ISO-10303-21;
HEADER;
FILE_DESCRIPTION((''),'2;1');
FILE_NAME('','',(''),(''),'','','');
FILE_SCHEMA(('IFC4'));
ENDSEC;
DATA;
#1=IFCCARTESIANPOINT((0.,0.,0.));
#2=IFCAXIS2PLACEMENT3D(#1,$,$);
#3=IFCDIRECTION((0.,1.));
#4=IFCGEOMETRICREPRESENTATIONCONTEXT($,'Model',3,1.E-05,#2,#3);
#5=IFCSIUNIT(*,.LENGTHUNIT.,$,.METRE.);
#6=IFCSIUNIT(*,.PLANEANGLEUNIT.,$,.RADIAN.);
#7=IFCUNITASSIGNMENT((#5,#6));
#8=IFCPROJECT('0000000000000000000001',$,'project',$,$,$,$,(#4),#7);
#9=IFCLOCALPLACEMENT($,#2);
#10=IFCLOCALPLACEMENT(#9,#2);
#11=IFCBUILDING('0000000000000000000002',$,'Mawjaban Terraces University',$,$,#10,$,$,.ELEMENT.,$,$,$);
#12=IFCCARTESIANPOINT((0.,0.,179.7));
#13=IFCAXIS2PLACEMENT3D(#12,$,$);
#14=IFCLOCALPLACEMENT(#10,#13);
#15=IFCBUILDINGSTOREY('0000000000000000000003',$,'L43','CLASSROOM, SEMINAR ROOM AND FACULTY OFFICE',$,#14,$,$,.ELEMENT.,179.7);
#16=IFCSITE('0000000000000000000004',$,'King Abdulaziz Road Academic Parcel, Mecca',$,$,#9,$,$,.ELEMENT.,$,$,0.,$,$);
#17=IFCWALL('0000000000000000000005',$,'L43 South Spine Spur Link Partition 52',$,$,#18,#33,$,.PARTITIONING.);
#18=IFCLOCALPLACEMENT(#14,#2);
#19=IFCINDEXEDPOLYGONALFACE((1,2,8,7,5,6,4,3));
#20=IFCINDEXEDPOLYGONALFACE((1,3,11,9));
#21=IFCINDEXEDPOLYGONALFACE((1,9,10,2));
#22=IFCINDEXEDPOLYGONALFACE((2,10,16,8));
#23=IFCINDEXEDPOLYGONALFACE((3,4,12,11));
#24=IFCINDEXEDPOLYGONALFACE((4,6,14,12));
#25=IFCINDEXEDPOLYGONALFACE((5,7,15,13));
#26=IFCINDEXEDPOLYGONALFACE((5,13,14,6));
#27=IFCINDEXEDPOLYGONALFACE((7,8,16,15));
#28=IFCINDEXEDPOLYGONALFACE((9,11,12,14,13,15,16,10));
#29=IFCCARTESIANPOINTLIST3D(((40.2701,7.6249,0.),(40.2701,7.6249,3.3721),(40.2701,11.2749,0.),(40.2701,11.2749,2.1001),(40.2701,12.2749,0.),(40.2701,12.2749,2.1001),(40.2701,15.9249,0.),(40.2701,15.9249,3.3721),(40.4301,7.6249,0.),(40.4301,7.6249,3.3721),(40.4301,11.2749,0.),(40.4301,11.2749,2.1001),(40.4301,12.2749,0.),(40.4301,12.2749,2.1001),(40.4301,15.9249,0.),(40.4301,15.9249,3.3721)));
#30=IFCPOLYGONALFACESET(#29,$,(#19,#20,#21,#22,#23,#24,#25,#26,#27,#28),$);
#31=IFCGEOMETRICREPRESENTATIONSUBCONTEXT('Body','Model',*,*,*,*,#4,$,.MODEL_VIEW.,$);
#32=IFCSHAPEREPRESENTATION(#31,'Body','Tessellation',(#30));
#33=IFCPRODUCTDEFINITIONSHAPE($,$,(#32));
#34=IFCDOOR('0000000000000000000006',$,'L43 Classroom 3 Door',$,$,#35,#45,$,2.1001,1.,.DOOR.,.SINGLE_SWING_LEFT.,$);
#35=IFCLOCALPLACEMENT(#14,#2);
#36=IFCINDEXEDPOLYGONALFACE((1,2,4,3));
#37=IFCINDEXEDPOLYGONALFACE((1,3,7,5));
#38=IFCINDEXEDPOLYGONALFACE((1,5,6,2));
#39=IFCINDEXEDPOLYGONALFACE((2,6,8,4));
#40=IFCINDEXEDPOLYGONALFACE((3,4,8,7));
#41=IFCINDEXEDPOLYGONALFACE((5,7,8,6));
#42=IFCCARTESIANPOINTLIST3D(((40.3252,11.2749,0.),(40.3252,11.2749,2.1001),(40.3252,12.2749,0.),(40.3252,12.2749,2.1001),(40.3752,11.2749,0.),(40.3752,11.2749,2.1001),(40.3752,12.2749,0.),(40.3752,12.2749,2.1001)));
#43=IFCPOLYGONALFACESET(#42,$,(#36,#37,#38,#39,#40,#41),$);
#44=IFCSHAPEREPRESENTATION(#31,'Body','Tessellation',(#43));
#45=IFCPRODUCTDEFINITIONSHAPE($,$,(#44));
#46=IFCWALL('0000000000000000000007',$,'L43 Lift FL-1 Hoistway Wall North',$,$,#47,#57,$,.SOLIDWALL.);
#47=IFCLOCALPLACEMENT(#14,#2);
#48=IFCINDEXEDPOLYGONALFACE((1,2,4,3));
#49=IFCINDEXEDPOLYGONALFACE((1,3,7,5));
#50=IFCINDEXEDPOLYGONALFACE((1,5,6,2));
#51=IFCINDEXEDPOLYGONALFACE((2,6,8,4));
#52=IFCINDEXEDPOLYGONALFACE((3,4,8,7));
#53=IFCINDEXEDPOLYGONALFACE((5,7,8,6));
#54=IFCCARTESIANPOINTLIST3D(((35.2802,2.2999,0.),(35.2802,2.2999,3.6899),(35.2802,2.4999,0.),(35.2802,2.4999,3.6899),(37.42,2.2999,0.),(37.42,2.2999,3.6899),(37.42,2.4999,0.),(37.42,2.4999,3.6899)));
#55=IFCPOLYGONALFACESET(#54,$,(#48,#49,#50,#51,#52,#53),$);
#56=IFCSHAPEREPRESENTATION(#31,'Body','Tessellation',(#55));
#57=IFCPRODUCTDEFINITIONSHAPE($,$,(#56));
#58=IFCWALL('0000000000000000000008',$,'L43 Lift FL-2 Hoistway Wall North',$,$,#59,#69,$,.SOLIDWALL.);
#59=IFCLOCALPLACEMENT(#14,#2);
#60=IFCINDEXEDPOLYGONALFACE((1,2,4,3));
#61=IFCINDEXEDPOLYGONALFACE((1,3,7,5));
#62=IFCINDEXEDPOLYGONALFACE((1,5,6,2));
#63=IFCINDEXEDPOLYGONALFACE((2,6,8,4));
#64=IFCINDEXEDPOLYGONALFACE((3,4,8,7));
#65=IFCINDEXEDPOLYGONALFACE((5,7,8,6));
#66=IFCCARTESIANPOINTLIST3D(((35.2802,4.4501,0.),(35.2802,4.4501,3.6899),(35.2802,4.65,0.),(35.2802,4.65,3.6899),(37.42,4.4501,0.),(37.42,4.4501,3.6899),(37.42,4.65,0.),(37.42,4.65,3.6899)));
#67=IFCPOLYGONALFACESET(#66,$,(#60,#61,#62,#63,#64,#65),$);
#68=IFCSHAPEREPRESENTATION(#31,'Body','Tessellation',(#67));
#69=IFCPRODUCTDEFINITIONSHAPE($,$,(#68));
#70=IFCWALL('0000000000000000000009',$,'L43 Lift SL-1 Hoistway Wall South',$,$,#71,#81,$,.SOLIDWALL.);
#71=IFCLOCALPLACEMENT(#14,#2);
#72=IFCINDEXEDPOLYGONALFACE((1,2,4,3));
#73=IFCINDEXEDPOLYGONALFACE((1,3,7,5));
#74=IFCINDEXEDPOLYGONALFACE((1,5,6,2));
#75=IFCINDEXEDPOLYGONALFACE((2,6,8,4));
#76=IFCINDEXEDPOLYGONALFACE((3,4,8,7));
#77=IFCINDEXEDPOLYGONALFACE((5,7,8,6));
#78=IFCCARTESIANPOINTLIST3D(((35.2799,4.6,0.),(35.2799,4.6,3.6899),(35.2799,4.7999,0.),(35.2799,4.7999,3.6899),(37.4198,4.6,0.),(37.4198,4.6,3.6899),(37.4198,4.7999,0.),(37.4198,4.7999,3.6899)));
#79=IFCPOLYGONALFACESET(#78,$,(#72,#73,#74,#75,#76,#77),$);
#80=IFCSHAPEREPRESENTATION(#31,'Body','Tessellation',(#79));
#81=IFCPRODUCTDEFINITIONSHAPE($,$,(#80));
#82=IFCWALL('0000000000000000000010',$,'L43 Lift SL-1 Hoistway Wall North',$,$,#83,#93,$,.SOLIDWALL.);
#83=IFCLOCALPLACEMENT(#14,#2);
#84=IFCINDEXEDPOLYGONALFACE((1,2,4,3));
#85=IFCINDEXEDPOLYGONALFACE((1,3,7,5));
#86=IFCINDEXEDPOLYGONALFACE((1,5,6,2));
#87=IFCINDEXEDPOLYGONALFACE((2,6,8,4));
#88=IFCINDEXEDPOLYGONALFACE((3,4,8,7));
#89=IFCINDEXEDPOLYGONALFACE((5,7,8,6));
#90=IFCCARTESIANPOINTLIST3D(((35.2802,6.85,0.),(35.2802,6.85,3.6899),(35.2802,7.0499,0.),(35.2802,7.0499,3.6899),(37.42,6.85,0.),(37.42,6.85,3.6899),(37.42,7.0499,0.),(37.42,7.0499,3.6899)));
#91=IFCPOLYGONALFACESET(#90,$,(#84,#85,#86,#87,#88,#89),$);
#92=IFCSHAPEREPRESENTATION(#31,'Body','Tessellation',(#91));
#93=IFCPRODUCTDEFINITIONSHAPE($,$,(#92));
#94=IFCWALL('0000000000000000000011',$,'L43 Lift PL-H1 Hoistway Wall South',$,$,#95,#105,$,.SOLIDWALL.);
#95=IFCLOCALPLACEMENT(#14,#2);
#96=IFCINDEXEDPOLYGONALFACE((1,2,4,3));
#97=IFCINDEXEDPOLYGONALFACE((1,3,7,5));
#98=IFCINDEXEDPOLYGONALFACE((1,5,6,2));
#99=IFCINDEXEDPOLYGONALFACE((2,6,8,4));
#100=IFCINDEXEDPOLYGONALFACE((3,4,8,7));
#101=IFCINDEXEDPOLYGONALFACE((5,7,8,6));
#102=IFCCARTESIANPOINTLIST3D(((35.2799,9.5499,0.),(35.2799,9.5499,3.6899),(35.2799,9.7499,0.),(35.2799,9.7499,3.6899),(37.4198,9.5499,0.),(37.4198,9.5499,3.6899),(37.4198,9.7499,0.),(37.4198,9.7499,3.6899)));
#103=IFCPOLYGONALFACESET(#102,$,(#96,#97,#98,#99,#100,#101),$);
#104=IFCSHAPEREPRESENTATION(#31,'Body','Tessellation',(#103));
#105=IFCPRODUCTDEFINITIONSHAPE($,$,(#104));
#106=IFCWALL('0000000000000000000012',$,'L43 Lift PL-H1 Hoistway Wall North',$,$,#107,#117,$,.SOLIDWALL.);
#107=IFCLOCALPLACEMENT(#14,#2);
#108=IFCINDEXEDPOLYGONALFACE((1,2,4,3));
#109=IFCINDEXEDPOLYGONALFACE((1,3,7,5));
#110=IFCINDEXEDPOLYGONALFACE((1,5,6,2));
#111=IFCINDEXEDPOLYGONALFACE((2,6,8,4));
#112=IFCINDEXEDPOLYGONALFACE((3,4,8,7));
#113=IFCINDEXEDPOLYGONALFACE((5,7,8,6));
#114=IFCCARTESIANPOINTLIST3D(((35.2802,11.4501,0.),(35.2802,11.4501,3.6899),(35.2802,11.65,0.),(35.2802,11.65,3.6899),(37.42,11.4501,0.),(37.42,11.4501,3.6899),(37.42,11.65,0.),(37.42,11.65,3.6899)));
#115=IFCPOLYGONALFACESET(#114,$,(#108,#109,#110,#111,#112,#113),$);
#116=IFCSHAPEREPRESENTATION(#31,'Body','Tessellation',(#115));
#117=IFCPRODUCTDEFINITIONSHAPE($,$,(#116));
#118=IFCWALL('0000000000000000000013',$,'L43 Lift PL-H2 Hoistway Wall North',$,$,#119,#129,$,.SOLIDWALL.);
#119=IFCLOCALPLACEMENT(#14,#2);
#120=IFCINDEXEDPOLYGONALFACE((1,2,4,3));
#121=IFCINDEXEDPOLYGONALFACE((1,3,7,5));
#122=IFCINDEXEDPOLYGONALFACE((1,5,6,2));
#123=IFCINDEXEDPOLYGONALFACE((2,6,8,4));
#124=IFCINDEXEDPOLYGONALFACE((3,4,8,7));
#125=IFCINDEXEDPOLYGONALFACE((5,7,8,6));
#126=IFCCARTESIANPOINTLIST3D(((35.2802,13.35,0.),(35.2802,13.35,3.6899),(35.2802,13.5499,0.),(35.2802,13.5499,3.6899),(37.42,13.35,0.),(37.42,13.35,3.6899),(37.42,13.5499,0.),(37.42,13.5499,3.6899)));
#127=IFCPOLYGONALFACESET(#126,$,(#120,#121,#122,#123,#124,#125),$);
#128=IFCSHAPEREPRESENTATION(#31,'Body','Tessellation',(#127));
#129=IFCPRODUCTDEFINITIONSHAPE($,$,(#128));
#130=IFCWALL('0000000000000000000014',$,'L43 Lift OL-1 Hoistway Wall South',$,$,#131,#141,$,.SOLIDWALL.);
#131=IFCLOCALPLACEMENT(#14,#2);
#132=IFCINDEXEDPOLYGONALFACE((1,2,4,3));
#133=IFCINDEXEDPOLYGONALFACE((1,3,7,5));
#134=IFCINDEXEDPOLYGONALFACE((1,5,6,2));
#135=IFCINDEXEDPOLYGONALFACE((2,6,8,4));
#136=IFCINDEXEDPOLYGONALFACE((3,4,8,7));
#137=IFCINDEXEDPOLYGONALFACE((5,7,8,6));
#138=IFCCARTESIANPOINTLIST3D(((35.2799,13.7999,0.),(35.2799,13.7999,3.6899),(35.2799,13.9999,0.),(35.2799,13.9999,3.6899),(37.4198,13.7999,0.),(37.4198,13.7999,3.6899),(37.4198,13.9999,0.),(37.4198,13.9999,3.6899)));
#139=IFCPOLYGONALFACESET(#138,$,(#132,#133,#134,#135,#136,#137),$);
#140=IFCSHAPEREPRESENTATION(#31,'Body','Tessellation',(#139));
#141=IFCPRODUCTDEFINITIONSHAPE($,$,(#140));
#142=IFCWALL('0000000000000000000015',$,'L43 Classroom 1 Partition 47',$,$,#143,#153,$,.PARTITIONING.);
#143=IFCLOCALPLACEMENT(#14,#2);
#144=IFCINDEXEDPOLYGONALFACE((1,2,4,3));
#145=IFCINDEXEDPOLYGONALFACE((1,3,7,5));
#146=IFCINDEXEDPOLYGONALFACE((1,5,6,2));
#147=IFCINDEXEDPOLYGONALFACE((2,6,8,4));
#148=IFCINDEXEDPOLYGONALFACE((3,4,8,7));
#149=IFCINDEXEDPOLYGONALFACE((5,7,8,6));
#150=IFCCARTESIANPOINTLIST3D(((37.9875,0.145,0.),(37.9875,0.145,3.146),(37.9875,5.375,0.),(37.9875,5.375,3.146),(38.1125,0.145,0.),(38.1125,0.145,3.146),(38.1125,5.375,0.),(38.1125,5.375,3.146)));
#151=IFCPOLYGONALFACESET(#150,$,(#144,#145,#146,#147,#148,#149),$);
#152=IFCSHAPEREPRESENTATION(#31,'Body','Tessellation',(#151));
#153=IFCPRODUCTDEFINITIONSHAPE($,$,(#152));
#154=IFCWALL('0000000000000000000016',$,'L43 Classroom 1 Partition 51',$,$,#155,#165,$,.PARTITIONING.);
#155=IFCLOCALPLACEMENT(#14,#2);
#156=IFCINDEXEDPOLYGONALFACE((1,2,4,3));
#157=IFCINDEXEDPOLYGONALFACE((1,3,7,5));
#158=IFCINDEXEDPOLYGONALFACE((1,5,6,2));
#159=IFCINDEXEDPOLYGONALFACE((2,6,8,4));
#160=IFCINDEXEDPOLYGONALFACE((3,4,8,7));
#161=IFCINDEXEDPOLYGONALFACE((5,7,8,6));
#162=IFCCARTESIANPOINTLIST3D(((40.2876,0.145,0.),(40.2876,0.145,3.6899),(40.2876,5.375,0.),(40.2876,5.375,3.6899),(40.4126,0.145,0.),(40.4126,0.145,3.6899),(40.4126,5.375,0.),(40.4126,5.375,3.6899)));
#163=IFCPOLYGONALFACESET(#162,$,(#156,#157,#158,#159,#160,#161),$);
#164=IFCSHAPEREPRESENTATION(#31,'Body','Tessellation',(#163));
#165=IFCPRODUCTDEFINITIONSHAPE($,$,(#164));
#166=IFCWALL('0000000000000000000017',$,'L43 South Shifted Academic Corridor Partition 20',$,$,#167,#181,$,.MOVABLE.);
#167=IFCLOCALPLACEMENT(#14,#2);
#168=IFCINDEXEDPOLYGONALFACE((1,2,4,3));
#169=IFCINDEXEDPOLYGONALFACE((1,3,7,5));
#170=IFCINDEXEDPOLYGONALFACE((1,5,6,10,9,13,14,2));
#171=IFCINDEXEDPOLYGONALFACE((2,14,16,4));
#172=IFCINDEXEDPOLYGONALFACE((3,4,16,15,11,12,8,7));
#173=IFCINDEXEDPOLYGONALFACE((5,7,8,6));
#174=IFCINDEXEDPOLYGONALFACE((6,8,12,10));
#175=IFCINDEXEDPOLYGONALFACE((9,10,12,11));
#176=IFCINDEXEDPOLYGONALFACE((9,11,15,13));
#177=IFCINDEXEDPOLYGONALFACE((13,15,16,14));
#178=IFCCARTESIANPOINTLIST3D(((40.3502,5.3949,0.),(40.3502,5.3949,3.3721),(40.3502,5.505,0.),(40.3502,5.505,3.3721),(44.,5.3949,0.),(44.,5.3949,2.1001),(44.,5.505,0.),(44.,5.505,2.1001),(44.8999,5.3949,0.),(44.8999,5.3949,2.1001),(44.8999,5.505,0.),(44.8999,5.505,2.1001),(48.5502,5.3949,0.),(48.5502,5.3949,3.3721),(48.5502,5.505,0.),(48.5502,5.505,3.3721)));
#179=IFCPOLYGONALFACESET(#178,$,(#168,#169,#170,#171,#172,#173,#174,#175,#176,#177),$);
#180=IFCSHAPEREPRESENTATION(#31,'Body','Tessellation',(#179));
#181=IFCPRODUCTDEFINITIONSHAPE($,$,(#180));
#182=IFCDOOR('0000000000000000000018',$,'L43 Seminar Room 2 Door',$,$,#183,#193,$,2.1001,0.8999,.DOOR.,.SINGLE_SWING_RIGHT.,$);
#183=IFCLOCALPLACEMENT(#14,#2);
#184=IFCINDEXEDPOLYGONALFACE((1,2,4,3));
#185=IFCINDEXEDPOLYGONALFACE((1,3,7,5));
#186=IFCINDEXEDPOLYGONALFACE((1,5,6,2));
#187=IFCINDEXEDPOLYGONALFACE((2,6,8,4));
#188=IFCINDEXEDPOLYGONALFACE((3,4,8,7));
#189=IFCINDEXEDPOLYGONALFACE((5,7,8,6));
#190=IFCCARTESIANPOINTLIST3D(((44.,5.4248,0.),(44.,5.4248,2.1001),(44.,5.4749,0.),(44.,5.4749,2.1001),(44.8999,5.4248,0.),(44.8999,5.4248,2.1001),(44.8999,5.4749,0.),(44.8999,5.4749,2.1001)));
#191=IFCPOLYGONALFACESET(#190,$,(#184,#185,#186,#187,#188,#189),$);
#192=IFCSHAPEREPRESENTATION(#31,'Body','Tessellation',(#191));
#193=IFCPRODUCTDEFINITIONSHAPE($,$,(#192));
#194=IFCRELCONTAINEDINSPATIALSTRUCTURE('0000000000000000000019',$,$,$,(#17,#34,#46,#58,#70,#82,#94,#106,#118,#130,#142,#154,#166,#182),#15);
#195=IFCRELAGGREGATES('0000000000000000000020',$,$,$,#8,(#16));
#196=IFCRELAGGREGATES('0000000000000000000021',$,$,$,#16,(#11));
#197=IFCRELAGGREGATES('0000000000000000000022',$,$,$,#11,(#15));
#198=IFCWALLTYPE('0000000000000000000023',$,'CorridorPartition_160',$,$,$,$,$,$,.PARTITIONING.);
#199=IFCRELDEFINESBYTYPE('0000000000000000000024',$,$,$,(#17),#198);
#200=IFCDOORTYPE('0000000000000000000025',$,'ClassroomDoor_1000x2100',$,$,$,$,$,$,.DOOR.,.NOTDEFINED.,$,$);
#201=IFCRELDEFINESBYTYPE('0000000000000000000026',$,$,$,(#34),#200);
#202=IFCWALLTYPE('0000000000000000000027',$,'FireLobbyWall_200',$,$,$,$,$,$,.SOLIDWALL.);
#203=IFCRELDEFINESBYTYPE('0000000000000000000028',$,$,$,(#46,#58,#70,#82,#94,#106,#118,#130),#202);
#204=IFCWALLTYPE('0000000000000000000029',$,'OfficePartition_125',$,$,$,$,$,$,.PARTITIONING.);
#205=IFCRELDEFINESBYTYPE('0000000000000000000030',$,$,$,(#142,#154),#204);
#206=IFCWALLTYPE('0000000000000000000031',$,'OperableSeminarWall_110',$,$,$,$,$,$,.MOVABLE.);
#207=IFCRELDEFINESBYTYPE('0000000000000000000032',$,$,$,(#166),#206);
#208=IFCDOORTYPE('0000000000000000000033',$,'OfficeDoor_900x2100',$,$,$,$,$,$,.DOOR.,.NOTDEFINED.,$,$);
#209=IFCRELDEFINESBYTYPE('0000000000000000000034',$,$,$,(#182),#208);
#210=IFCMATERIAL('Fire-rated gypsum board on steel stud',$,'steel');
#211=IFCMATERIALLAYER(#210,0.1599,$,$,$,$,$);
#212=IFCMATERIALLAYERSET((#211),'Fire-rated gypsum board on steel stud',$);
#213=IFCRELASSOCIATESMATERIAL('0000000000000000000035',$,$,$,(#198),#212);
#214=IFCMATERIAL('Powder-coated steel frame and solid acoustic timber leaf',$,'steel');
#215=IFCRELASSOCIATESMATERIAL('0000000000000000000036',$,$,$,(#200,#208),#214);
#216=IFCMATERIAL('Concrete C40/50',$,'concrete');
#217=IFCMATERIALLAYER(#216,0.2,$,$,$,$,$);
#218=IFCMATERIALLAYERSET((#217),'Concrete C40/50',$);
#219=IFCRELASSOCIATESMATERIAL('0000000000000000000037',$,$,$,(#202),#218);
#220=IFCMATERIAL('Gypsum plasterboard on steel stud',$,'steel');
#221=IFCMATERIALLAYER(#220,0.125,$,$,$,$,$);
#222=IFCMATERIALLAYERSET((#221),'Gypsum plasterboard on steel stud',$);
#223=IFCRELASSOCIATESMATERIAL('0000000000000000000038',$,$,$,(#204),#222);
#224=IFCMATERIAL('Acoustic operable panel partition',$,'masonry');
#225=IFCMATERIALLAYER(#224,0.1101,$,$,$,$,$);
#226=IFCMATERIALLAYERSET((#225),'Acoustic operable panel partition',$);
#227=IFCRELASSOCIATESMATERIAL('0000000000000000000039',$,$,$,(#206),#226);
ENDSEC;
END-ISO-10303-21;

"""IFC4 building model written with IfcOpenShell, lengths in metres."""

from ifc_helpers import new_model, si_unit, direction, frame, frame_2d, origin, place, context, subcontext, project, spatial, rectangle, extrude, material, layer, layer_set, type_object, element, fill, save


model = new_model("IFC4")

# Units and contexts
model_context = context("Model", 3, precision=1e-05, world=origin(), true_north=direction((0.0, 1.0)))
body_context = subcontext(model_context, "Body", "Model", "MODEL_VIEW")
ifc_project = project(units=[si_unit("LENGTHUNIT", "METRE"), si_unit("PLANEANGLEUNIT", "RADIAN")], contexts=[model_context])

# Site, building, storey
site_placement = place(None, origin())
site = spatial("IfcSite", under=ifc_project, at=site_placement, Name="King Abdulaziz Road Academic Parcel, Mecca", CompositionType="ELEMENT", RefElevation=0.0)
building_placement = place(site_placement, origin())
building = spatial("IfcBuilding", under=site, at=building_placement, Name="Mawjaban Terraces University", CompositionType="ELEMENT")
storey_placement = place(building_placement, frame((0.0, 0.0, 179.7)))
storey = spatial("IfcBuildingStorey", under=building, at=storey_placement, Name="L43", Description="CLASSROOM, SEMINAR ROOM AND FACULTY OFFICE", CompositionType="ELEMENT", Elevation=179.7)

# Shared definitions
ifc_material_1 = material(Name="Fire-rated gypsum board on steel stud", Category="steel")
ifc_layer_1 = layer(ifc_material_1, 0.1599)
ifc_layer_set_1 = layer_set([ifc_layer_1], Name="Fire-rated gypsum board on steel stud")
wall_type_1 = type_object("IfcWallType", Name="CorridorPartition_160", PredefinedType="PARTITIONING", material=ifc_layer_set_1)
ifc_material_2 = material(Name="Powder-coated steel frame and solid acoustic timber leaf", Category="steel")
door_type_1 = type_object("IfcDoorType", Name="ClassroomDoor_1000x2100", OperationType="NOTDEFINED", PredefinedType="DOOR", material=ifc_material_2)

# Wall, opening, door
wall_1_placement = place(storey_placement, frame((40.3501, 7.625, 0.0), z_axis=(0.0, 0.0, 1.0), x_axis=(0.0, 1.0, 0.0)))
wall_1 = element("IfcWall", 1, at=wall_1_placement, inside=storey, type_object=wall_type_1, Name="L43 South Spine Spur Link Partition 52", PredefinedType="PARTITIONING", context=body_context, shape_type="SweptSolid", body=[
    extrude(rectangle(XDim=8.3, YDim=0.1599, at=frame_2d((4.1499, 0.0))), origin(), (0.0, 0.0, 1.0), 3.3721),
])
opening_1_placement = place(wall_1_placement, frame((3.6499, 0.0, 0.0)))
opening_1 = element("IfcOpeningElement", 2, at=opening_1_placement, cuts=wall_1, PredefinedType="OPENING", context=body_context, shape_type="SweptSolid", body=[
    extrude(rectangle(XDim=1.0, YDim=2.1001, at=frame_2d((0.5, 1.05))), frame((0.0, 0.0898, 0.0), z_axis=(0.0, -1.0, 0.0), x_axis=(1.0, 0.0, 0.0)), (0.0, 0.0, 1.0), 0.1799),
])
door_1_placement = place(opening_1_placement, origin())
door_1 = element("IfcDoor", 3, at=door_1_placement, inside=storey, type_object=door_type_1, Name="L43 Classroom 3 Door", OperationType="SINGLE_SWING_LEFT", OverallHeight=2.1001, OverallWidth=1.0, PredefinedType="DOOR", context=body_context, shape_type="SweptSolid", body=[
    extrude(rectangle(XDim=1.0, YDim=2.1001, at=frame_2d((0.5, 1.05))), frame((0.0, 0.0249, 0.0), z_axis=(0.0, -1.0, 0.0), x_axis=(1.0, 0.0, 0.0)), (0.0, 0.0, 1.0), 0.05),
])
fill(opening_1, door_1)

# Walls
ifc_material_3 = material(Name="Concrete C40/50", Category="concrete")
ifc_layer_2 = layer(ifc_material_3, 0.2)
ifc_layer_set_2 = layer_set([ifc_layer_2], Name="Concrete C40/50")
wall_type_2 = type_object("IfcWallType", Name="FireLobbyWall_200", PredefinedType="SOLIDWALL", material=ifc_layer_set_2)
for number, where, z_axis, x_axis, name in (
    (4, (37.4199, 2.3999, 0.0), (0.0, 0.0, 1.0), (-1.0, 0.0, 0.0), "L43 Lift FL-1 Hoistway Wall North"),
    (5, (37.4199, 4.55, 0.0), (0.0, 0.0, 1.0), (-1.0, 0.0, 0.0), "L43 Lift FL-2 Hoistway Wall North"),
    (6, (35.28, 4.7, 0.0), (0.0, 0.0, 1.0), (1.0, 0.0, 0.0), "L43 Lift SL-1 Hoistway Wall South"),
    (7, (37.4199, 6.95, 0.0), (0.0, 0.0, 1.0), (-1.0, 0.0, 0.0), "L43 Lift SL-1 Hoistway Wall North"),
    (8, (35.28, 9.6499, 0.0), (0.0, 0.0, 1.0), (1.0, 0.0, 0.0), "L43 Lift PL-H1 Hoistway Wall South"),
    (9, (37.4199, 11.55, 0.0), (0.0, 0.0, 1.0), (-1.0, 0.0, 0.0), "L43 Lift PL-H1 Hoistway Wall North"),
    (10, (37.4199, 13.45, 0.0), (0.0, 0.0, 1.0), (-1.0, 0.0, 0.0), "L43 Lift PL-H2 Hoistway Wall North"),
    (11, (35.28, 13.8999, 0.0), (0.0, 0.0, 1.0), (1.0, 0.0, 0.0), "L43 Lift OL-1 Hoistway Wall South"),
):
    element("IfcWall", number, at=place(storey_placement, frame(where, z_axis=z_axis, x_axis=x_axis)), inside=storey, type_object=wall_type_2, Name=name, PredefinedType="SOLIDWALL", context=body_context, shape_type="SweptSolid", body=[
        extrude(rectangle(XDim=2.1399, YDim=0.2, at=frame_2d((1.0698, 0.0))), origin(), (0.0, 0.0, 1.0), 3.6899),
    ])
ifc_material_4 = material(Name="Gypsum plasterboard on steel stud", Category="steel")
ifc_layer_3 = layer(ifc_material_4, 0.125)
ifc_layer_set_3 = layer_set([ifc_layer_3], Name="Gypsum plasterboard on steel stud")
wall_type_3 = type_object("IfcWallType", Name="OfficePartition_125", PredefinedType="PARTITIONING", material=ifc_layer_set_3)
wall_2_placement = place(storey_placement, frame((38.05, 5.375, 0.0), z_axis=(0.0, 0.0, 1.0), x_axis=(0.0, -1.0, 0.0)))
element("IfcWall", 12, at=wall_2_placement, inside=storey, type_object=wall_type_3, Name="L43 Classroom 1 Partition 47", PredefinedType="PARTITIONING", context=body_context, shape_type="SweptSolid", body=[
    extrude(rectangle(XDim=5.23, YDim=0.125, at=frame_2d((2.615, 0.0))), origin(), (0.0, 0.0, 1.0), 3.146),
])
wall_3_placement = place(storey_placement, frame((40.3501, 0.145, 0.0), z_axis=(0.0, 0.0, 1.0), x_axis=(0.0, 1.0, 0.0)))
element("IfcWall", 13, at=wall_3_placement, inside=storey, type_object=wall_type_3, Name="L43 Classroom 1 Partition 51", PredefinedType="PARTITIONING", context=body_context, shape_type="SweptSolid", body=[
    extrude(rectangle(XDim=5.23, YDim=0.125, at=frame_2d((2.615, 0.0))), origin(), (0.0, 0.0, 1.0), 3.6899),
])

# Wall, opening, door
ifc_material_5 = material(Name="Acoustic operable panel partition", Category="masonry")
ifc_layer_4 = layer(ifc_material_5, 0.1101)
ifc_layer_set_4 = layer_set([ifc_layer_4], Name="Acoustic operable panel partition")
wall_type_4 = type_object("IfcWallType", Name="OperableSeminarWall_110", PredefinedType="MOVABLE", material=ifc_layer_set_4)
wall_4_placement = place(storey_placement, frame((40.3501, 5.45, 0.0), z_axis=(0.0, 0.0, 1.0), x_axis=(1.0, 0.0, 0.0)))
wall_4 = element("IfcWall", 14, at=wall_4_placement, inside=storey, type_object=wall_type_4, Name="L43 South Shifted Academic Corridor Partition 20", PredefinedType="MOVABLE", context=body_context, shape_type="SweptSolid", body=[
    extrude(rectangle(XDim=8.2, YDim=0.1101, at=frame_2d((4.1001, 0.0))), origin(), (0.0, 0.0, 1.0), 3.3721),
])
opening_2_placement = place(wall_4_placement, frame((3.6499, 0.0, 0.0)))
opening_2 = element("IfcOpeningElement", 15, at=opening_2_placement, cuts=wall_4, PredefinedType="OPENING", context=body_context, shape_type="SweptSolid", body=[
    extrude(rectangle(XDim=0.8999, YDim=2.1001, at=frame_2d((0.45, 1.05))), frame((0.0, 0.0649, 0.0), z_axis=(0.0, -1.0, 0.0), x_axis=(1.0, 0.0, 0.0)), (0.0, 0.0, 1.0), 0.1301),
])
door_type_2 = type_object("IfcDoorType", Name="OfficeDoor_900x2100", OperationType="NOTDEFINED", PredefinedType="DOOR", material=ifc_material_2)
door_2_placement = place(opening_2_placement, origin())
door_2 = element("IfcDoor", 16, at=door_2_placement, inside=storey, type_object=door_type_2, Name="L43 Seminar Room 2 Door", OperationType="SINGLE_SWING_RIGHT", OverallHeight=2.1001, OverallWidth=0.8999, PredefinedType="DOOR", context=body_context, shape_type="SweptSolid", body=[
    extrude(rectangle(XDim=0.8999, YDim=2.1001, at=frame_2d((0.45, 1.05))), frame((0.0, 0.0249, 0.0), z_axis=(0.0, -1.0, 0.0), x_axis=(1.0, 0.0, 0.0)), (0.0, 0.0, 1.0), 0.05),
])
fill(opening_2, door_2)

save(model, "model.ifc")
